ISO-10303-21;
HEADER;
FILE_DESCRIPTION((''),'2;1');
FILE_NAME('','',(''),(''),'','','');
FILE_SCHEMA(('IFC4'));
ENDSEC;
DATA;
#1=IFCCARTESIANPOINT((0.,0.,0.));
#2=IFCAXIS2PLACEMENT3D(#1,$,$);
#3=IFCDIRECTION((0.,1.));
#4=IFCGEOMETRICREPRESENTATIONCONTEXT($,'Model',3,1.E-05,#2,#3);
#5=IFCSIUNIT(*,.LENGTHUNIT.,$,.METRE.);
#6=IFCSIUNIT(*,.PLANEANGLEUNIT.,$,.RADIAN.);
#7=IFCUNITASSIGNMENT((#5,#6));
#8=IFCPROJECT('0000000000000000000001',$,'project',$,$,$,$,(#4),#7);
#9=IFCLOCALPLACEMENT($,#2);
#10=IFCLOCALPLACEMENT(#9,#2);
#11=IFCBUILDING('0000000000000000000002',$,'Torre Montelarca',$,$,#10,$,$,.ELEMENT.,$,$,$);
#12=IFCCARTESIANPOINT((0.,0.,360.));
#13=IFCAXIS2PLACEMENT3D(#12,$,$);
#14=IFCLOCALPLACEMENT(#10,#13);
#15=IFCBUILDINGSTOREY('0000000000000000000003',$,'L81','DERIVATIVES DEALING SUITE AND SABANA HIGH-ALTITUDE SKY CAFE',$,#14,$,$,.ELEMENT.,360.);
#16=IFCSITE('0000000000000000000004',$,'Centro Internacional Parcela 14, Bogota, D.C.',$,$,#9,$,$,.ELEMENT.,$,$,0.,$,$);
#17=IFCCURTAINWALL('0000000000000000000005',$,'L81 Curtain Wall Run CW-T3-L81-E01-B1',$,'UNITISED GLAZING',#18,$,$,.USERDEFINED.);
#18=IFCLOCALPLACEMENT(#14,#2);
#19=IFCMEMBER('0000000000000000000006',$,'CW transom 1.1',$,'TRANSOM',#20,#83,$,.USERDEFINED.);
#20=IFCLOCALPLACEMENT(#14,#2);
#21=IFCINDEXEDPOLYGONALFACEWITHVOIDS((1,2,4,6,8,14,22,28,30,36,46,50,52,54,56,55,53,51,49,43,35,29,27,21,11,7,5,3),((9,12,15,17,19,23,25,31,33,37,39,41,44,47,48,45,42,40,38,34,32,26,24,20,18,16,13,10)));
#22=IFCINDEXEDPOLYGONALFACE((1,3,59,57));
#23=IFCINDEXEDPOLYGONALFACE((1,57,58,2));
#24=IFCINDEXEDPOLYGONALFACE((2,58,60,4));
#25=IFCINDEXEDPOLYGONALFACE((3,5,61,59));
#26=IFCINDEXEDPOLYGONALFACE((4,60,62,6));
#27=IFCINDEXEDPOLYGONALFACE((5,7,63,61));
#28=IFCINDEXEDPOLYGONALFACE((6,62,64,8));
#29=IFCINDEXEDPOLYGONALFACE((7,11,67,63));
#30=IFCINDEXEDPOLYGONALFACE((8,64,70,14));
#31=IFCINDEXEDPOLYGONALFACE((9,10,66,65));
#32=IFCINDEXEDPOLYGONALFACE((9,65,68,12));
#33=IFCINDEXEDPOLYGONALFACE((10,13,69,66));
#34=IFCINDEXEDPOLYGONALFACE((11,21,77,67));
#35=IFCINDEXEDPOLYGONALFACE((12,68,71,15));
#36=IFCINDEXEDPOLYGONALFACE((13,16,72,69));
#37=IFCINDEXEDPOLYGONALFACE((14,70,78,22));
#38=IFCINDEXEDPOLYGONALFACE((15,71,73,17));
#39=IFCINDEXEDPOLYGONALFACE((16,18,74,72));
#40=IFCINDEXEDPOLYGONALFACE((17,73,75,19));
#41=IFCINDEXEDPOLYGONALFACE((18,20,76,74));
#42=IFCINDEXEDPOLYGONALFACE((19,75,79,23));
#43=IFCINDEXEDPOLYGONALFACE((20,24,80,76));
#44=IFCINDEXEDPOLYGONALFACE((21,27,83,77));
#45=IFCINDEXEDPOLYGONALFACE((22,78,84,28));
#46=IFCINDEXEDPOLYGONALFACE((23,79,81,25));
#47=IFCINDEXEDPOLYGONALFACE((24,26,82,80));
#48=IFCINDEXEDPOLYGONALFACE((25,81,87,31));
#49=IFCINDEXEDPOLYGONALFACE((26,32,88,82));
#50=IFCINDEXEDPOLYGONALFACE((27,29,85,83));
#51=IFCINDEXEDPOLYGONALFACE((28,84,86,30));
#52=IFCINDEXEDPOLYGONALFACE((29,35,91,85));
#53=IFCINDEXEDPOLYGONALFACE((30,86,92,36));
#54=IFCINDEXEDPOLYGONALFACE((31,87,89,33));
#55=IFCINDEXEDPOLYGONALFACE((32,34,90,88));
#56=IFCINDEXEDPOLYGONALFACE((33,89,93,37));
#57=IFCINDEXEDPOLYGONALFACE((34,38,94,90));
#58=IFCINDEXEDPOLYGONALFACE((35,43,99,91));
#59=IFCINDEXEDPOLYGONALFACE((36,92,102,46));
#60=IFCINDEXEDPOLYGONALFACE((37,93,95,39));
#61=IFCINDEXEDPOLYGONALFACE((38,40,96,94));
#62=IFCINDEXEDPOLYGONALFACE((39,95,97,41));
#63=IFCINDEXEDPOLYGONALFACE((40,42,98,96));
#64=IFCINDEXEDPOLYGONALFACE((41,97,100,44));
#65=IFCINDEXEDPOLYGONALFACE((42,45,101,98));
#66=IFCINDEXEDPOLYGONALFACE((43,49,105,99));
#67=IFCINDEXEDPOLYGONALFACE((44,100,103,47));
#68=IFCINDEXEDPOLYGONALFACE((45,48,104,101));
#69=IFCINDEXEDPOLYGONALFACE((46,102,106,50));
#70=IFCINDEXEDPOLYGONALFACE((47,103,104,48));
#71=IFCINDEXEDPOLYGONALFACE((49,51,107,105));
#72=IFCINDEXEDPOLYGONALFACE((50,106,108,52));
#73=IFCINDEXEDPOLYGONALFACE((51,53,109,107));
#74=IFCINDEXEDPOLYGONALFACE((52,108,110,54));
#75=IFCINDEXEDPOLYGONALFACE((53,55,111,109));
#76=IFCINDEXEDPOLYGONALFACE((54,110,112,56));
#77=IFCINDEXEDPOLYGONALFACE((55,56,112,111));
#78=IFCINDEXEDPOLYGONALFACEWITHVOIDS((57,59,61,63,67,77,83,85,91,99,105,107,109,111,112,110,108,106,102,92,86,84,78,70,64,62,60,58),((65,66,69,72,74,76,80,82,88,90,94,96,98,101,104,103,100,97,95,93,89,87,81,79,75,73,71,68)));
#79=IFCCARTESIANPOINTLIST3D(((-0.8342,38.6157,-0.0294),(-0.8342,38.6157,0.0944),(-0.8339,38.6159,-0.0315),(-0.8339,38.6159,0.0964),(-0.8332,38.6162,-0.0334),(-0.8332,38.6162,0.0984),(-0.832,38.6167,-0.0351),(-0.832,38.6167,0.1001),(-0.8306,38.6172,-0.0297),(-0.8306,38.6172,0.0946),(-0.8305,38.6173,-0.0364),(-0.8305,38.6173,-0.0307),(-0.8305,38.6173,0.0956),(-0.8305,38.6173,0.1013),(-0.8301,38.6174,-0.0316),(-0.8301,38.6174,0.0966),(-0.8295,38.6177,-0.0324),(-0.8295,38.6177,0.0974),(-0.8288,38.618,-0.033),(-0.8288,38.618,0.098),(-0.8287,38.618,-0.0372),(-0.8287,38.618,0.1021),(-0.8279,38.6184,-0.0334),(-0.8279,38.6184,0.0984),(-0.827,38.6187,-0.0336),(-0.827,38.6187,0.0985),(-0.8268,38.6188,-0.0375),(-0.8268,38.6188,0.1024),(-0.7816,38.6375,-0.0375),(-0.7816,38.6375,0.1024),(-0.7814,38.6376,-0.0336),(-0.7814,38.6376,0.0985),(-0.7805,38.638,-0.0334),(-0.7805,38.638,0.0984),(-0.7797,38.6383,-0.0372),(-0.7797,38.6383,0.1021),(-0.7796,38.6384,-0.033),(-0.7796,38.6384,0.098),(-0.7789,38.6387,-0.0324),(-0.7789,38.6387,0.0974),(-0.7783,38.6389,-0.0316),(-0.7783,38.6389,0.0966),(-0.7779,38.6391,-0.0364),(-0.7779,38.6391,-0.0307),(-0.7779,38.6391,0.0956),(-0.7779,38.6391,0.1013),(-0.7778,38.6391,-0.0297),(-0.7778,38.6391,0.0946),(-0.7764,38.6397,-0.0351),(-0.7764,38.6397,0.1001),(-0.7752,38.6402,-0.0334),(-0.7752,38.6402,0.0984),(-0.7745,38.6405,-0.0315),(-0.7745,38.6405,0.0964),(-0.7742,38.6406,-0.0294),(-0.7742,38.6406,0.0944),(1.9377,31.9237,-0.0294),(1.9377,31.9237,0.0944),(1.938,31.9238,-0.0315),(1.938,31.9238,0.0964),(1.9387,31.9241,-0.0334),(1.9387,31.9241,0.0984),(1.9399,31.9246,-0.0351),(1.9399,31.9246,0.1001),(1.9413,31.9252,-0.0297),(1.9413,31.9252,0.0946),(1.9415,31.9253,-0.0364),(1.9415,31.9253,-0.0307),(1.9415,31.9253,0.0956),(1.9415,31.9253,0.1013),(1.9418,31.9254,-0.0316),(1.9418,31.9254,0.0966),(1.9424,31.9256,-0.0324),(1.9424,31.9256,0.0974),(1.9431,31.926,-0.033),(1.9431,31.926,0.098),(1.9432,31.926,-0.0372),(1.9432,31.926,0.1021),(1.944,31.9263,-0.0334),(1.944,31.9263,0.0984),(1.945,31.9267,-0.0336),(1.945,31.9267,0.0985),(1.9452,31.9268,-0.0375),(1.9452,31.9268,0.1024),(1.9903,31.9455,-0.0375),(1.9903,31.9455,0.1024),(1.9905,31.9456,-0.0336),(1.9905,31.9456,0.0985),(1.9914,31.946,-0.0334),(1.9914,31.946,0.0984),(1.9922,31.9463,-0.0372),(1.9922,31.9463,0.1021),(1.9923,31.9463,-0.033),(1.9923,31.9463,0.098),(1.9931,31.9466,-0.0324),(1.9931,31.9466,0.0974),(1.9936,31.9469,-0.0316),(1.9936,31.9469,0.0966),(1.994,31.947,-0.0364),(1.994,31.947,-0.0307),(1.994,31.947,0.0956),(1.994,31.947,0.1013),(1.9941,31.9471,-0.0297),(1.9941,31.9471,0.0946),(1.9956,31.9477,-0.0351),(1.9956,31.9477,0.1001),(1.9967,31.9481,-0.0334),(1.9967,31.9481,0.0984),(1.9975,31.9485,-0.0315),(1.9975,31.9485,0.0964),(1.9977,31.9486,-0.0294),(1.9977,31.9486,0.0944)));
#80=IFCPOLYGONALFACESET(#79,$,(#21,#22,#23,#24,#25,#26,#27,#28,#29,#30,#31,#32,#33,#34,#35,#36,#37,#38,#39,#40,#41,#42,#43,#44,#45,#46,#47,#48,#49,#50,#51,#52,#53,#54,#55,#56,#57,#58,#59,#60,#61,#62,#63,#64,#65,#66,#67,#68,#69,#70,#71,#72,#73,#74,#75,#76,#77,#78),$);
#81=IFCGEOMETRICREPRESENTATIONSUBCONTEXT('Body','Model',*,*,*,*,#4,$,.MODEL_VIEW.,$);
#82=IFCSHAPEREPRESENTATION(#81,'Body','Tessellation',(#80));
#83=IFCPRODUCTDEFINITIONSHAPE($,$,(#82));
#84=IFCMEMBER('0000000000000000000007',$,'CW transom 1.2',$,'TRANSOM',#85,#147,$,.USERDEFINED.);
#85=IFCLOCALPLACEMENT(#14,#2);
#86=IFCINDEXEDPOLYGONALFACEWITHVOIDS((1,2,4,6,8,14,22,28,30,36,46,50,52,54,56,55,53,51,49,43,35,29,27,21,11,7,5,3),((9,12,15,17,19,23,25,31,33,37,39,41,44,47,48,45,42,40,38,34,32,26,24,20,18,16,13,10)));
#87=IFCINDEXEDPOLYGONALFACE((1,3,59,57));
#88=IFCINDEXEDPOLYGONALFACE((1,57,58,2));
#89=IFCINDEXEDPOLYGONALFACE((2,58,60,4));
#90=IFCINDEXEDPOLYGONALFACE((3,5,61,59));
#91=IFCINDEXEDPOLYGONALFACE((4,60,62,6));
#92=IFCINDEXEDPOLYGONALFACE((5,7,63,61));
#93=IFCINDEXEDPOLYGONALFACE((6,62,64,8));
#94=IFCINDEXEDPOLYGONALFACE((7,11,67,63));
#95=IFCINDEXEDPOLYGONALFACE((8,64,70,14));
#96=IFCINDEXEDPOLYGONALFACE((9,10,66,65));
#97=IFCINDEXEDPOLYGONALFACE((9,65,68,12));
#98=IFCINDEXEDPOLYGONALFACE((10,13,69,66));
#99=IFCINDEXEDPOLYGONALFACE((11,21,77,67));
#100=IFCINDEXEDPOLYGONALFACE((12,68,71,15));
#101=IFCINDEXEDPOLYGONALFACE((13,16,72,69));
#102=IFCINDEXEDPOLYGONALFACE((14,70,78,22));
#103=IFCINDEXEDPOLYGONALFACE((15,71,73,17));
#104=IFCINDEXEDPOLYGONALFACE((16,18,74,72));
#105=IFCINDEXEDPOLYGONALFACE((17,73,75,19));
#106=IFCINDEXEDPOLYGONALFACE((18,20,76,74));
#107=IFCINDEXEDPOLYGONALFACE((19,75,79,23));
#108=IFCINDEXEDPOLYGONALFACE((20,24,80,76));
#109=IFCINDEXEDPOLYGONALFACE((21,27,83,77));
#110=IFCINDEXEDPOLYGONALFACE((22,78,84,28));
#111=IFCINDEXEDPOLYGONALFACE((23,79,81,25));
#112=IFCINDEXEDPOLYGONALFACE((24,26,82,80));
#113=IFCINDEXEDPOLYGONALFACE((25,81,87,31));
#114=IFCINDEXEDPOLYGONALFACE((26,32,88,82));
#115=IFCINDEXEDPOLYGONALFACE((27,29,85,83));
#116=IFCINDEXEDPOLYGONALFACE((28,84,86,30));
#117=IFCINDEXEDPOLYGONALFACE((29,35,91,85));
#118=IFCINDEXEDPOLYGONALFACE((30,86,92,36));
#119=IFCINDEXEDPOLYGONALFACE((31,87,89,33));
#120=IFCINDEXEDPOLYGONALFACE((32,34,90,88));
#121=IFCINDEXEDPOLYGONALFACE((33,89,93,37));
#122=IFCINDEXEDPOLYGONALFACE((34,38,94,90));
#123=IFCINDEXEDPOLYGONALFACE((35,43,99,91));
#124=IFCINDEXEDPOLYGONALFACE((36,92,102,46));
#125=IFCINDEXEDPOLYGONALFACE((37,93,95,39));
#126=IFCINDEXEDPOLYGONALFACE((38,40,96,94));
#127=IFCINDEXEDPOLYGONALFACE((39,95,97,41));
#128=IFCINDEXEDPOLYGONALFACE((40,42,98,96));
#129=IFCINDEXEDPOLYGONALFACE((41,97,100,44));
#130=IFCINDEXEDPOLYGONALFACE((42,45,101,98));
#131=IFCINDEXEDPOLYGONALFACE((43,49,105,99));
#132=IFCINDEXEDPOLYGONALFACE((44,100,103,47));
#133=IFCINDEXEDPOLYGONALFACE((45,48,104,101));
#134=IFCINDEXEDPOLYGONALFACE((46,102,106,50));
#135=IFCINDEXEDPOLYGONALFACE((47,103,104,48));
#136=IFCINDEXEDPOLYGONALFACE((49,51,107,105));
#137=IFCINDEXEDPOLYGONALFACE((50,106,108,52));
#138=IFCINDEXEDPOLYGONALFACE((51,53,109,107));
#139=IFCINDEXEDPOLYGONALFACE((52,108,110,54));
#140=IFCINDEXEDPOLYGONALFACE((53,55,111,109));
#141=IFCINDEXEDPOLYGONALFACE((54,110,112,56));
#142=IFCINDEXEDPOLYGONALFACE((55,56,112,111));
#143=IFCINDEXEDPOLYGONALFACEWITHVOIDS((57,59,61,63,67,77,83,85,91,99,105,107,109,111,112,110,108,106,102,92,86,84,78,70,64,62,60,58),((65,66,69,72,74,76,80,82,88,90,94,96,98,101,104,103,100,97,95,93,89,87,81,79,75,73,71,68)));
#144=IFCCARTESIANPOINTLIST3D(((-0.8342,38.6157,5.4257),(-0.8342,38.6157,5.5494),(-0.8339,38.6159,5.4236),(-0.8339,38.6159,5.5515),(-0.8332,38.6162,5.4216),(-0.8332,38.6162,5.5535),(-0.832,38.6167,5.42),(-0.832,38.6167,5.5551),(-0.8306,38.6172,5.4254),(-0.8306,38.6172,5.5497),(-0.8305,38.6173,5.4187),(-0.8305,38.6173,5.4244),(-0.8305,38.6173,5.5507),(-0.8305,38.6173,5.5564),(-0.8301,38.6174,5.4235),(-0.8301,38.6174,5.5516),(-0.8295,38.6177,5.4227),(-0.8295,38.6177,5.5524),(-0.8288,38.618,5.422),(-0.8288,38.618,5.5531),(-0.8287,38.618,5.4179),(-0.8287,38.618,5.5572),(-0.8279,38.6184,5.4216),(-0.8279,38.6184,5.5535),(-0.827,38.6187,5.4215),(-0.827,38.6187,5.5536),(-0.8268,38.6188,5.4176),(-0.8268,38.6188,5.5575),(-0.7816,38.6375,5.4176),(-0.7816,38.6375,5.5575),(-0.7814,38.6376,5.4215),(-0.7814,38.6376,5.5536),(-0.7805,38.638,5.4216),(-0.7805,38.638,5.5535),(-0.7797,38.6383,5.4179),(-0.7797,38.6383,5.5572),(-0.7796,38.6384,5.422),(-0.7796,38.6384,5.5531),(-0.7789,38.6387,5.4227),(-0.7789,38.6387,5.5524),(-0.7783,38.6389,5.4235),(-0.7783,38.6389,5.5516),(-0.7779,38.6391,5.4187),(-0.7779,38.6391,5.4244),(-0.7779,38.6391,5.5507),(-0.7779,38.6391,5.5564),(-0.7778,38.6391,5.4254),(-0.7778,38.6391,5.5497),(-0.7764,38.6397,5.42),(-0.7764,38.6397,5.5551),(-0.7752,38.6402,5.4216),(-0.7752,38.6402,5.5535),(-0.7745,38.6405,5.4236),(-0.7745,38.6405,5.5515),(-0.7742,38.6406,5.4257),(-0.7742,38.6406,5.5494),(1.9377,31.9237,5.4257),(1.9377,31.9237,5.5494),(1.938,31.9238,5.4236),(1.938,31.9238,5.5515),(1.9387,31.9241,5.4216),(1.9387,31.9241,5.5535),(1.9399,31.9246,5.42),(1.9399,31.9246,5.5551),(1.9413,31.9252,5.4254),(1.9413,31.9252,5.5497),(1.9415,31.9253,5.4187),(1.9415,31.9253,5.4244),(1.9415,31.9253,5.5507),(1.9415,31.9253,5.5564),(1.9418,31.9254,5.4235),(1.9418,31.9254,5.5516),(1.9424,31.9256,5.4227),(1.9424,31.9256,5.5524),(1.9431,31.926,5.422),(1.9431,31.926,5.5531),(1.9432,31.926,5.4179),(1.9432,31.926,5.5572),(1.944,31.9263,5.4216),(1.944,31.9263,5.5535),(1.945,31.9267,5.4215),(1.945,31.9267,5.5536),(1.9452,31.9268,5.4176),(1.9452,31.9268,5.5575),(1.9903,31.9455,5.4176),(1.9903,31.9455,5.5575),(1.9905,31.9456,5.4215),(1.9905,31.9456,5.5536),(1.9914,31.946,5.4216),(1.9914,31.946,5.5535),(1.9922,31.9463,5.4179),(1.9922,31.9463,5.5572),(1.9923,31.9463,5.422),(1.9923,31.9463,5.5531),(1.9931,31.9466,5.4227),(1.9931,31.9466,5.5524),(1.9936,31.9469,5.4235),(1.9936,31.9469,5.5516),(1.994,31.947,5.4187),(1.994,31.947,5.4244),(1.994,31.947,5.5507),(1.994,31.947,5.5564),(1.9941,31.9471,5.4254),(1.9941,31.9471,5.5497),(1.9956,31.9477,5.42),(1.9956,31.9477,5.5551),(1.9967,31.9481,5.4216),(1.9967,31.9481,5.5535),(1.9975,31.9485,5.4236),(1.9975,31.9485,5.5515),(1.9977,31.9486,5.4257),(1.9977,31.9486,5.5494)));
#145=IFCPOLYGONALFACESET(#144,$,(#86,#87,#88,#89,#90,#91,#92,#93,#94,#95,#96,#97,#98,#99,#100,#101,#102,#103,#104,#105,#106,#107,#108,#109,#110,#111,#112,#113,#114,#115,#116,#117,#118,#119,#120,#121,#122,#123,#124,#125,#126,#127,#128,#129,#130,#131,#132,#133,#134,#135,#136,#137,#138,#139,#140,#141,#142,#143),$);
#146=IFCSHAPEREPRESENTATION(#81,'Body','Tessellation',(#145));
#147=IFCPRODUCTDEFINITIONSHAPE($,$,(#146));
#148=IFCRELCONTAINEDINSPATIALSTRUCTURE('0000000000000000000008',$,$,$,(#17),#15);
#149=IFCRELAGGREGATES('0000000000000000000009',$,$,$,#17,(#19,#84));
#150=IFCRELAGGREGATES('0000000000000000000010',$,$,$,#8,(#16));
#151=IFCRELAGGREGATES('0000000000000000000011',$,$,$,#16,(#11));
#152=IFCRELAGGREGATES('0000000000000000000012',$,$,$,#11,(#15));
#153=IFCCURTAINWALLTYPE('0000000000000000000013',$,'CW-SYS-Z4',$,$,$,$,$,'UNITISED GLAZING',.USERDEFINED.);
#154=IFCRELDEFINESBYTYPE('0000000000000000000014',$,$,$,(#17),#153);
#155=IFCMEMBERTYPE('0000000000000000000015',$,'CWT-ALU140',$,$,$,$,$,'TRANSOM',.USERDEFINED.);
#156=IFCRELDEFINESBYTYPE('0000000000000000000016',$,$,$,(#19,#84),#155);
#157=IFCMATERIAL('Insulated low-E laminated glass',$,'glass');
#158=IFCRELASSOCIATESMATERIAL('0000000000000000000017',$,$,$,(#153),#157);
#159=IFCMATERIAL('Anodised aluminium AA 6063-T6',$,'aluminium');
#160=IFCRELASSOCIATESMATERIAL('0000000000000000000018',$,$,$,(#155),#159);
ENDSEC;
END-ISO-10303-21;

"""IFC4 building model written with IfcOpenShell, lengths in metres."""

from ifc_helpers import new_model, si_unit, direction, frame, origin, origin_2d, place, context, subcontext, project, spatial, hollow_rectangle, extrude, source, transform, mapped, material, material_profile, profile_set, type_object, element, aggregate, save


model = new_model("IFC4")

# Units and contexts
model_context = context("Model", 3, precision=1e-05, world=origin(), true_north=direction((0.0, 1.0)))
body_context = subcontext(model_context, "Body", "Model", "MODEL_VIEW")
ifc_project = project(units=[si_unit("LENGTHUNIT", "METRE"), si_unit("PLANEANGLEUNIT", "RADIAN")], contexts=[model_context])

# Site, building, storey
site_placement = place(None, origin())
site = spatial("IfcSite", under=ifc_project, at=site_placement, Name="Centro Internacional Parcela 14, Bogota, D.C.", CompositionType="ELEMENT", RefElevation=0.0)
building_placement = place(site_placement, origin())
building = spatial("IfcBuilding", under=site, at=building_placement, Name="Torre Montelarca", CompositionType="ELEMENT")
storey_placement = place(building_placement, frame((0.0, 0.0, 360.0)))
storey = spatial("IfcBuildingStorey", under=building, at=storey_placement, Name="L81", Description="DERIVATIVES DEALING SUITE AND SABANA HIGH-ALTITUDE SKY CAFE", CompositionType="ELEMENT", Elevation=360.0)

# Curtain wall
ifc_material_1 = material(Name="Insulated low-E laminated glass", Category="glass")
curtain_wall_type = type_object("IfcCurtainWallType", Name="CW-SYS-Z4", ElementType="UNITISED GLAZING", PredefinedType="USERDEFINED", material=ifc_material_1)
curtain_wall_1_placement = place(storey_placement, origin())
curtain_wall_1 = element("IfcCurtainWall", 1, at=curtain_wall_1_placement, inside=storey, type_object=curtain_wall_type, Name="L81 Curtain Wall Run CW-T3-L81-E01-B1", ObjectType="UNITISED GLAZING", PredefinedType="USERDEFINED")
ifc_material_2 = material(Name="Anodised aluminium AA 6063-T6", Category="aluminium")

# Members
ifc_material_profile_1 = material_profile(ifc_material_2, hollow_rectangle(XDim=0.0649, YDim=0.1399, WallThickness=0.0039, InnerFilletRadius=0.0039, OuterFilletRadius=0.0081, at=origin_2d()), Name="ALU65X140X4", Category="aluminium")
ifc_profile_set_1 = profile_set([ifc_material_profile_1], Name="Anodised aluminium AA 6063-T6")
member_type_1 = type_object("IfcMemberType", Name="CWT-ALU140", ElementType="TRANSOM", PredefinedType="USERDEFINED", material=ifc_profile_set_1)
shared_shape_1 = source(origin(), body_context, "Body", "SweptSolid", [
    extrude(hollow_rectangle(XDim=0.0649, YDim=0.1399, WallThickness=0.0039, InnerFilletRadius=0.0039, OuterFilletRadius=0.0081, at=origin_2d()), origin(), (0.0, 0.0, 1.0), 7.2434),
])
member_1_placement = place(storey_placement, frame((-0.8042, 38.6282, 0.0325), z_axis=(0.382683, -0.92388, 0.0), x_axis=(0.92388, 0.382683, 0.0)))
member_1 = element("IfcMember", 2, at=member_1_placement, type_object=member_type_1, Name="CW transom 1.1", ObjectType="TRANSOM", PredefinedType="USERDEFINED", context=body_context, shape_type="MappedRepresentation", body=[
    mapped(shared_shape_1, transform((0.0, 0.0, 0.0), scale=1.0)),
])
member_2_placement = place(storey_placement, frame((-0.8042, 38.6282, 5.4875), z_axis=(0.382683, -0.92388, 0.0), x_axis=(0.92388, 0.382683, 0.0)))
member_2 = element("IfcMember", 3, at=member_2_placement, type_object=member_type_1, Name="CW transom 1.2", ObjectType="TRANSOM", PredefinedType="USERDEFINED", context=body_context, shape_type="MappedRepresentation", body=[
    mapped(shared_shape_1, transform((0.0, 0.0, 0.0), scale=1.0)),
])

aggregate(curtain_wall_1, [member_1, member_2])

save(model, "model.ifc")
